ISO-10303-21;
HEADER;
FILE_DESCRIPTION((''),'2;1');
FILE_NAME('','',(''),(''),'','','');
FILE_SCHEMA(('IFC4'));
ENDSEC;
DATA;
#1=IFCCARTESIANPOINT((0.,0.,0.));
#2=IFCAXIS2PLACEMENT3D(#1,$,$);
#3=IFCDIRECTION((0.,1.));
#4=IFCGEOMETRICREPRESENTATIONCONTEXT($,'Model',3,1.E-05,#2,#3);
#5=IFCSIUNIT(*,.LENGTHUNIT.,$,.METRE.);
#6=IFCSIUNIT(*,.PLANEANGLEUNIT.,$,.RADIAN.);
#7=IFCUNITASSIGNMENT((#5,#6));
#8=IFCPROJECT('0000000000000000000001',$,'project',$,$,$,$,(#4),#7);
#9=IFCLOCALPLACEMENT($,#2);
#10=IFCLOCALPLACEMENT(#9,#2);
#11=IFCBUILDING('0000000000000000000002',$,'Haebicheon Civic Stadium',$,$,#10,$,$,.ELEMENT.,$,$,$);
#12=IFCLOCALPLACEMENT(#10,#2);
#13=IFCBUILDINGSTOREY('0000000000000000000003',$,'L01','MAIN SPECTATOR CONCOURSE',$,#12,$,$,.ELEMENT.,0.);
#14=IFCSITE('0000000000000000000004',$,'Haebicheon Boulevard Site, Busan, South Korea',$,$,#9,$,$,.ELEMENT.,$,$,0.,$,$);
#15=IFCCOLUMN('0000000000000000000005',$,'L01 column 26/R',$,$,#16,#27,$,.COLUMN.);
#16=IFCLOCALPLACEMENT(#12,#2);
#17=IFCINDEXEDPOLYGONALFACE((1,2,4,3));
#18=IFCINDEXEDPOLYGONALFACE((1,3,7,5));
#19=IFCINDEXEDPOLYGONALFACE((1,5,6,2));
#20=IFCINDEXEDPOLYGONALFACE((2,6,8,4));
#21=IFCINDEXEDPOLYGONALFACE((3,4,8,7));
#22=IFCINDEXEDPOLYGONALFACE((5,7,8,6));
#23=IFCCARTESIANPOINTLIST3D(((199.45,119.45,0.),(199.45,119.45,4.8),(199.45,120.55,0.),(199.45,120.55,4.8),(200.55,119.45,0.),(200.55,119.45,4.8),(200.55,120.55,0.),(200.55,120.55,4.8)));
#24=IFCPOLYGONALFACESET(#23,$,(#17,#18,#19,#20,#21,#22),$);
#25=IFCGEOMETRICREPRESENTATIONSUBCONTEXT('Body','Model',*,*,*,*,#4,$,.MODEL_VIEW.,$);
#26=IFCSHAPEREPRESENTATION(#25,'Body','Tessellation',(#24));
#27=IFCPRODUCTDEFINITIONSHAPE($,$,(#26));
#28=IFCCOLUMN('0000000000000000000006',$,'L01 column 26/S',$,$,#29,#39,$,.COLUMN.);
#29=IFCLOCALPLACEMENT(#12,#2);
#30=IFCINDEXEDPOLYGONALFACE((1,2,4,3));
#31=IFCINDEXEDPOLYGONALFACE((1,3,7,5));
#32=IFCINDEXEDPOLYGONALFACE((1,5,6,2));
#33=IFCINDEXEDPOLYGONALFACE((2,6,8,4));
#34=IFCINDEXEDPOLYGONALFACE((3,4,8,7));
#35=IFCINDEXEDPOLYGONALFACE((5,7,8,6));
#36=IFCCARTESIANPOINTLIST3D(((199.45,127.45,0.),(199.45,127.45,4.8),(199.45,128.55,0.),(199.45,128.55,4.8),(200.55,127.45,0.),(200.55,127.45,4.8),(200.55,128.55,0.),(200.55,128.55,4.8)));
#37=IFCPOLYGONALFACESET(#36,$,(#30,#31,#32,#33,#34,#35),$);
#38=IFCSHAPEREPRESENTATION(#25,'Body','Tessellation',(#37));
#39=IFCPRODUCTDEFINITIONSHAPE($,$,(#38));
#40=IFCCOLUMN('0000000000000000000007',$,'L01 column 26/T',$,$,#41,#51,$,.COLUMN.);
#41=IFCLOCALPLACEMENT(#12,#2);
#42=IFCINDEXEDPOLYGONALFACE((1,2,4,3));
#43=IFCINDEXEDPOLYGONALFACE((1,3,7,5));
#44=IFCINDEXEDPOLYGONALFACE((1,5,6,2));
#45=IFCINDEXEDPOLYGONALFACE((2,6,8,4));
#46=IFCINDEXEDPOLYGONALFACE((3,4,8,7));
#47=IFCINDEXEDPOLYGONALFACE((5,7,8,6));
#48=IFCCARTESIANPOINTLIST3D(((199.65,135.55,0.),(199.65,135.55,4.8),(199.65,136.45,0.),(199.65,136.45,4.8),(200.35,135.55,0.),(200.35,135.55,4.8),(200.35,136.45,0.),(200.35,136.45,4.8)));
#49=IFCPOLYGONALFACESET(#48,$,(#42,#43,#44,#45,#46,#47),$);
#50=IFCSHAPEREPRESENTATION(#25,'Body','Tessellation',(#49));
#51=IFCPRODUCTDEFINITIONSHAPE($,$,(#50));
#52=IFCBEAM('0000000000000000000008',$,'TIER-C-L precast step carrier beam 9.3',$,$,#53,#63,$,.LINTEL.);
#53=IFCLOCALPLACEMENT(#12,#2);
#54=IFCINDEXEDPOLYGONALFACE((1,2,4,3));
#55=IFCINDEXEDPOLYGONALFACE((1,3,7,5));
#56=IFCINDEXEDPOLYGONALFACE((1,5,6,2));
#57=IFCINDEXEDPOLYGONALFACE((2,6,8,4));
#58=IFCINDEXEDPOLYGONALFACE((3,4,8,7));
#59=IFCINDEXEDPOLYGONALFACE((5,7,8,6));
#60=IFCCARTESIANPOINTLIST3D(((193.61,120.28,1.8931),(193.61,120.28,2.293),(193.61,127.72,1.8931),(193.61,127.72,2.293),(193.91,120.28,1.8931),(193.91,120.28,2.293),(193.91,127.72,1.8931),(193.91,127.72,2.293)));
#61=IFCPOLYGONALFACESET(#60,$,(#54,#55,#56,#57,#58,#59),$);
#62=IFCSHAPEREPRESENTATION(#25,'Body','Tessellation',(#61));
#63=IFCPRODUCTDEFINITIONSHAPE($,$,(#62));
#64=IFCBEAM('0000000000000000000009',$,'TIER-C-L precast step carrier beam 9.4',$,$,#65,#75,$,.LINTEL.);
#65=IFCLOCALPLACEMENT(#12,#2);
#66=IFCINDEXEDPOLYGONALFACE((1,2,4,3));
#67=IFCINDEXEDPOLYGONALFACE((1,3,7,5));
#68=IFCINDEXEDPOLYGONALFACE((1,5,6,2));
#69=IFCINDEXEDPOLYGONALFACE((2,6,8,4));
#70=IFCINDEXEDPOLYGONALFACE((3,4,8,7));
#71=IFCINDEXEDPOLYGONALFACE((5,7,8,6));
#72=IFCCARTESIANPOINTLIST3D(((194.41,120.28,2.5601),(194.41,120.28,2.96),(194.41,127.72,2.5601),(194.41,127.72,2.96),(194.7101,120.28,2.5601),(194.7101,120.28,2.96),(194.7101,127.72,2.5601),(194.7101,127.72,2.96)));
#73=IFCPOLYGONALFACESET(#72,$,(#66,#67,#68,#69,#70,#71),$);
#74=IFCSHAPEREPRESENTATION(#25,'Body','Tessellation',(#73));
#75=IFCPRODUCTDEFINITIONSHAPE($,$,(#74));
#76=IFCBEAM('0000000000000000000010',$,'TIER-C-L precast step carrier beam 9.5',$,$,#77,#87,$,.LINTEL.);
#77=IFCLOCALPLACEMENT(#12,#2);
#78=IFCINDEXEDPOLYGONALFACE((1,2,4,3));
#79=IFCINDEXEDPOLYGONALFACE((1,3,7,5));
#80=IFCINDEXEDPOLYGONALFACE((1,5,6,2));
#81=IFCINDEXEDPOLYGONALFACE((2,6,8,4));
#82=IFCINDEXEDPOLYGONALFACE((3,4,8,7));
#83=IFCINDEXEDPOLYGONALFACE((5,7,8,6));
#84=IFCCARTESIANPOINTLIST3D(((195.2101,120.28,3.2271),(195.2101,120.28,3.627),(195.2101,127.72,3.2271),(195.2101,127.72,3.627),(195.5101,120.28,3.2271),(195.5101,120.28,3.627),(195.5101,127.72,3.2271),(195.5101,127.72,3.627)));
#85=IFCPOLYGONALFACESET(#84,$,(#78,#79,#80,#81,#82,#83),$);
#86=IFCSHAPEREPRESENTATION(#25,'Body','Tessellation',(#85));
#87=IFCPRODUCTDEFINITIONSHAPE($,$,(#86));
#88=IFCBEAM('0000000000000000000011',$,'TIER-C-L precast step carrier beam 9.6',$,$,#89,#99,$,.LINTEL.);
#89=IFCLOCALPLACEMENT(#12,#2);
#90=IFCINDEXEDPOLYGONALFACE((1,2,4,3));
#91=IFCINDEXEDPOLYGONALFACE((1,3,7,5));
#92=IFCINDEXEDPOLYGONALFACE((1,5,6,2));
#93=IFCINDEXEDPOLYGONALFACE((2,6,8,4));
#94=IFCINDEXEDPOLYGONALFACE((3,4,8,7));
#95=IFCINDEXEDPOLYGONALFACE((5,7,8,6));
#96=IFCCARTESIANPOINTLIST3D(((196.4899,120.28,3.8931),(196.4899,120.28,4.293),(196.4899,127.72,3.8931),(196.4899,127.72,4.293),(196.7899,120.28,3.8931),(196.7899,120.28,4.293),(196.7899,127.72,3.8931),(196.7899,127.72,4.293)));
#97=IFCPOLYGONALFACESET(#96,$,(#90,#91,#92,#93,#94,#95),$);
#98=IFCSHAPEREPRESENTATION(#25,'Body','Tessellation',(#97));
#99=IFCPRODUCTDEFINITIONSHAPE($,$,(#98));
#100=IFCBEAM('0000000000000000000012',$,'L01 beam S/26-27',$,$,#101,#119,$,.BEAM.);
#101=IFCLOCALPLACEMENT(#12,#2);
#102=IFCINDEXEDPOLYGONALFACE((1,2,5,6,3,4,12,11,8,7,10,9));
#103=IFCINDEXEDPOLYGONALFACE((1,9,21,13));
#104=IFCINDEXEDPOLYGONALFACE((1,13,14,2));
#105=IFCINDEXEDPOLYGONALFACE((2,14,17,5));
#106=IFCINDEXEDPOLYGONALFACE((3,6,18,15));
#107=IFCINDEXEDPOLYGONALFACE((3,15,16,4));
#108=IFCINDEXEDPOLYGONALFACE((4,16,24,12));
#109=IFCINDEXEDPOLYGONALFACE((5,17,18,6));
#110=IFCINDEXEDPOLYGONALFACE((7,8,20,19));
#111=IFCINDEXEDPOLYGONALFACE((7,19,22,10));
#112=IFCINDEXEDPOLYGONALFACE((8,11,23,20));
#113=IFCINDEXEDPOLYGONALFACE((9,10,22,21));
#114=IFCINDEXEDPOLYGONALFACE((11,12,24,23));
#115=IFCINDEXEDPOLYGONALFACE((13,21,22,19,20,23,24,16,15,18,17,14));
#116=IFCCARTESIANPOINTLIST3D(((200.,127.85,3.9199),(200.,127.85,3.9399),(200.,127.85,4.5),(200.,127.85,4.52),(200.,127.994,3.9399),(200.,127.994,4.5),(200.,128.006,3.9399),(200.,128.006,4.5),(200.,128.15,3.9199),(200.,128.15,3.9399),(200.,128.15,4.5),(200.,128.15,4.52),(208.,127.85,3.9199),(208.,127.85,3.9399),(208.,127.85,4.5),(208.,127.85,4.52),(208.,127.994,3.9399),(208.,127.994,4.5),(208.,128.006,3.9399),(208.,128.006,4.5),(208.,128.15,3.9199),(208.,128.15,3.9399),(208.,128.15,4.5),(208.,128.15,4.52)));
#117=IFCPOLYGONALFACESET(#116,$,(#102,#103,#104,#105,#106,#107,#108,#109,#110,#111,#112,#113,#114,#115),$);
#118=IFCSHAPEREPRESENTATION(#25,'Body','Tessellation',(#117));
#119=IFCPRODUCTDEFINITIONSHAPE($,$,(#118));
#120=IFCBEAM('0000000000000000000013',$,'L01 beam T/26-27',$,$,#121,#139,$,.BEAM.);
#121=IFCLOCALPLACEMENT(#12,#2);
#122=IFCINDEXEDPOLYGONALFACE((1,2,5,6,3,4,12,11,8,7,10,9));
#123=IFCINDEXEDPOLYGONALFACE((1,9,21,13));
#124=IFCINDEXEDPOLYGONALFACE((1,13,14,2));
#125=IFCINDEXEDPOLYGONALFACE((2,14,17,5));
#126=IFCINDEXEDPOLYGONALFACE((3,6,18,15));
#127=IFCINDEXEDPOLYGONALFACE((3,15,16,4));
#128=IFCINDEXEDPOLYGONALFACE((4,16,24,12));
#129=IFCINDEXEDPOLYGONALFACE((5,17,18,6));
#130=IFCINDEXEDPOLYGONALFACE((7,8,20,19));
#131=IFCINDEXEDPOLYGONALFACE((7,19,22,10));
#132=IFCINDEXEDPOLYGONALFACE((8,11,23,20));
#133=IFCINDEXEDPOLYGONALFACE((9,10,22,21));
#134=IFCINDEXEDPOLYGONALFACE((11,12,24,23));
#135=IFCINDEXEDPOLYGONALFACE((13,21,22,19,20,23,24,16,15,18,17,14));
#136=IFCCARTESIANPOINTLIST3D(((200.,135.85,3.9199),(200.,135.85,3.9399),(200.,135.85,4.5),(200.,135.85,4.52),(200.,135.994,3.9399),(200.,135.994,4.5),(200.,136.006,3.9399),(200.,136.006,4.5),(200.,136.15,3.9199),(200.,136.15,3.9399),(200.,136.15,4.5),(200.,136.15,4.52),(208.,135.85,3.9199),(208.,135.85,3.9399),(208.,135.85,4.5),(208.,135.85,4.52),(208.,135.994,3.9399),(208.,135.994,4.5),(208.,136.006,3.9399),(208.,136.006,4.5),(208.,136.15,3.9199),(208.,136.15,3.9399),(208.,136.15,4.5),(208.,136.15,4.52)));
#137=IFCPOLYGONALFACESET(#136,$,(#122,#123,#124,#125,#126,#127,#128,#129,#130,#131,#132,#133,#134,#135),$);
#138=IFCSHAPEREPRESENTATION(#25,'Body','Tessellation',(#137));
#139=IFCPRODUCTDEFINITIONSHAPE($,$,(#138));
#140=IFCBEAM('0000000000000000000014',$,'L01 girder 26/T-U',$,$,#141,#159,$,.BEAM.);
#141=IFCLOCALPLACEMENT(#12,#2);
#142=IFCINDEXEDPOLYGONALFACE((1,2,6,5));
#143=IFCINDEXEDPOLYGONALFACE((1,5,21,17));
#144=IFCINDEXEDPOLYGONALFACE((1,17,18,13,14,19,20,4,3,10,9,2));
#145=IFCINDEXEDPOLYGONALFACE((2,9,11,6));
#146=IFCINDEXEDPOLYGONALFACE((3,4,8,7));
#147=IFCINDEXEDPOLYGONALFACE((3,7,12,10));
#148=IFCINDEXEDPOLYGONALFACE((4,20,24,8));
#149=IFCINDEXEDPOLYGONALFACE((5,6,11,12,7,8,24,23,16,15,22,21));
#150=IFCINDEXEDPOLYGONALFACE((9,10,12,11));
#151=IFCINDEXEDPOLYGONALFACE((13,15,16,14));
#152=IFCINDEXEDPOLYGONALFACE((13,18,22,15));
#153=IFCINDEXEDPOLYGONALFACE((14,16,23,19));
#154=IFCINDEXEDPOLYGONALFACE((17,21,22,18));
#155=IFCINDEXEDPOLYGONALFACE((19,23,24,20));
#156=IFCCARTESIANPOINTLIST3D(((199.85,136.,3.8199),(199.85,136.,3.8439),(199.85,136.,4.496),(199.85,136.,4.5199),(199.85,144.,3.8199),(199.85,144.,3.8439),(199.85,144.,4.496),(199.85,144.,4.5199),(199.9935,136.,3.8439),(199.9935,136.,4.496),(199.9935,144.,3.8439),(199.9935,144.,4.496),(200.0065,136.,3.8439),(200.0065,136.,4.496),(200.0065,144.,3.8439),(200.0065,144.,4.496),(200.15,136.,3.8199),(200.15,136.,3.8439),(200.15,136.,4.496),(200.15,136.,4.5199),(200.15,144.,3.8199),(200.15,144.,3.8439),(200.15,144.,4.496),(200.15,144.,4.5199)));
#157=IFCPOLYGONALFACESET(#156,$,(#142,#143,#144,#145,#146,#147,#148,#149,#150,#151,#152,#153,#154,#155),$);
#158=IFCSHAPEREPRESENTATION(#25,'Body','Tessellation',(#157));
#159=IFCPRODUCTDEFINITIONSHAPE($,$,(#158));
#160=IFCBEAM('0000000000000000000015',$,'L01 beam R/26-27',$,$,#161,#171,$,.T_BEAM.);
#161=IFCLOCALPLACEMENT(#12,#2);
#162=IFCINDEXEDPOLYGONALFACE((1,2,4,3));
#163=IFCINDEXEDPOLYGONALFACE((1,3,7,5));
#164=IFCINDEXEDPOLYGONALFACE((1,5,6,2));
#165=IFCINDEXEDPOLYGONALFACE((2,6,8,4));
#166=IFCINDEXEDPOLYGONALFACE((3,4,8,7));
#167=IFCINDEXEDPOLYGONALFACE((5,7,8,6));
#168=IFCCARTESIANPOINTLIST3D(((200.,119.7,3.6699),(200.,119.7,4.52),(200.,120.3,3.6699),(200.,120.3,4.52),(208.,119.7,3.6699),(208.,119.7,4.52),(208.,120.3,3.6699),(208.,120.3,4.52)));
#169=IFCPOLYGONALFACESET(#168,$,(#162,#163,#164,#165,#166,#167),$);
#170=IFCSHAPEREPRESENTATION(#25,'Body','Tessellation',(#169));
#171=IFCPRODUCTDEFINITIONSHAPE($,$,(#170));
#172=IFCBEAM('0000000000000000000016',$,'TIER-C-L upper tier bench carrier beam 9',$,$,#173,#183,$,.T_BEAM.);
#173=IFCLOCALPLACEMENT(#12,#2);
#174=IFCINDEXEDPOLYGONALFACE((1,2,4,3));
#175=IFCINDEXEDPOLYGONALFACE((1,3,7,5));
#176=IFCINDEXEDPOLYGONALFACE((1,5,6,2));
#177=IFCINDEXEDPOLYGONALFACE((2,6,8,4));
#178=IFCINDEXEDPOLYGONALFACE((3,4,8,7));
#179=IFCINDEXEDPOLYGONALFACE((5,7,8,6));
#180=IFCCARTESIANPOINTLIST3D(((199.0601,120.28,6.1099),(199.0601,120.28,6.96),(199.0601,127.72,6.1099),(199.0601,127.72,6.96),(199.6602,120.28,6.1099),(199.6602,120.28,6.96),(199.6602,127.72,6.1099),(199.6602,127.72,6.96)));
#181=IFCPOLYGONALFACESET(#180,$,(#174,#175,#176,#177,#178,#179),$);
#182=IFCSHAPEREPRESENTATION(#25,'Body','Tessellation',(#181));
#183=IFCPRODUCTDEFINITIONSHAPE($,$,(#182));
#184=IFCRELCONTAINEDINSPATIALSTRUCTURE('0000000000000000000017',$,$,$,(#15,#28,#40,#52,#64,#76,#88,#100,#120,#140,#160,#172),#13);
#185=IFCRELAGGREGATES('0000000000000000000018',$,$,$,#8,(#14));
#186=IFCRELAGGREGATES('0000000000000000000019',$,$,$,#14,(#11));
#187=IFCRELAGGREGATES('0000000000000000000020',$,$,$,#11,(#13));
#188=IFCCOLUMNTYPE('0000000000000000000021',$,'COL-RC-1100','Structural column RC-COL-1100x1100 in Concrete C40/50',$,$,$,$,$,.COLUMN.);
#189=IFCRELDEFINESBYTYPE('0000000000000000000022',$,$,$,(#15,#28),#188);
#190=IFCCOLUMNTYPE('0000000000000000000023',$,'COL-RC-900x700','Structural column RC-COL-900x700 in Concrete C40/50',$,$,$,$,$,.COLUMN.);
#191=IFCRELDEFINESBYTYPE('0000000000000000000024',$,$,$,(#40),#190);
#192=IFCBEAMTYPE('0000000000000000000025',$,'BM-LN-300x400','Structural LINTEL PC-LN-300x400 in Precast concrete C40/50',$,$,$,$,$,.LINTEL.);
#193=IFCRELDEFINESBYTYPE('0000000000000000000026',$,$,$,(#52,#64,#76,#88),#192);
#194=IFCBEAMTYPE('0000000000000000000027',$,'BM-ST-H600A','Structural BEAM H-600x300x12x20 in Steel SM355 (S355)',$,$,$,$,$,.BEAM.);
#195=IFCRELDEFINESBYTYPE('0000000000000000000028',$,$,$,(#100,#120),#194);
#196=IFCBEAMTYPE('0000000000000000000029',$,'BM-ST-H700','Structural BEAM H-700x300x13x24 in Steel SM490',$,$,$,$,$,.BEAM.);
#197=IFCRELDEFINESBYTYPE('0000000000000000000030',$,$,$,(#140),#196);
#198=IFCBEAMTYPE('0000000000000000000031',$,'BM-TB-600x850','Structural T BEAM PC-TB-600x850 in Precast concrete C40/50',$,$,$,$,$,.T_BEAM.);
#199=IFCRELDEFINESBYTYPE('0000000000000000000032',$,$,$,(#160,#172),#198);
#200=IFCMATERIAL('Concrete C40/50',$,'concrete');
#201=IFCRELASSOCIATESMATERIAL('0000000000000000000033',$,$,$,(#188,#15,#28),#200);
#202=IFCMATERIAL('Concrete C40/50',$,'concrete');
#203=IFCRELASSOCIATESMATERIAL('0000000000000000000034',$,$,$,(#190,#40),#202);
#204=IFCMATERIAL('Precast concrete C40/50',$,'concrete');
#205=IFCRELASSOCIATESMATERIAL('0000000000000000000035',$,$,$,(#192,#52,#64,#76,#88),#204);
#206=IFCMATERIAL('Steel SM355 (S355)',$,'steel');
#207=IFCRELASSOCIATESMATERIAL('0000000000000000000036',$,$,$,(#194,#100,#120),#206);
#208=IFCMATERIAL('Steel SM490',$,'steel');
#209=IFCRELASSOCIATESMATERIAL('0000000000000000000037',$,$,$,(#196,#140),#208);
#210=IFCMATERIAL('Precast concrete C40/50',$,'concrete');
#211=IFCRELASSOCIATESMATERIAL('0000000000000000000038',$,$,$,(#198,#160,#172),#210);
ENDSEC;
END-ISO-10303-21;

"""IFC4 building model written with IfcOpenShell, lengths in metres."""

from ifc_helpers import new_model, si_unit, direction, frame, origin, origin_2d, place, context, subcontext, project, spatial, rectangle, i_section, extrude, material, material_profile, profile_set, type_object, element, save


model = new_model("IFC4")

# Units and contexts
model_context = context("Model", 3, precision=1e-05, world=origin(), true_north=direction((0.0, 1.0)))
body_context = subcontext(model_context, "Body", "Model", "MODEL_VIEW")
ifc_project = project(units=[si_unit("LENGTHUNIT", "METRE"), si_unit("PLANEANGLEUNIT", "RADIAN")], contexts=[model_context])

# Site, building, storey
site_placement = place(None, origin())
site = spatial("IfcSite", under=ifc_project, at=site_placement, Name="Haebicheon Boulevard Site, Busan, South Korea", CompositionType="ELEMENT", RefElevation=0.0)
building_placement = place(site_placement, origin())
building = spatial("IfcBuilding", under=site, at=building_placement, Name="Haebicheon Civic Stadium", CompositionType="ELEMENT")
storey_placement = place(building_placement, origin())
storey = spatial("IfcBuildingStorey", under=building, at=storey_placement, Name="L01", Description="MAIN SPECTATOR CONCOURSE", CompositionType="ELEMENT", Elevation=0.0)

# Columns
ifc_material_1 = material(Name="Concrete C40/50", Category="concrete")
ifc_material_profile_1 = material_profile(ifc_material_1, rectangle(XDim=1.1001, YDim=1.1001, at=origin_2d()), Name="RC-COL-1100x1100")
ifc_profile_set_1 = profile_set([ifc_material_profile_1], Name="Concrete C40/50")
column_type_1 = type_object("IfcColumnType", Name="COL-RC-1100", Description="Structural column RC-COL-1100x1100 in Concrete C40/50", PredefinedType="COLUMN", material=ifc_profile_set_1)
for number, where, z_axis, x_axis, name in (
    (1, (200.0, 120.0, 0.0), (0.0, 0.0, 1.0), (1.0, 0.0, 0.0), "L01 column 26/R"),
    (2, (200.0, 128.0, 0.0), (0.0, 0.0, 1.0), (1.0, 0.0, 0.0), "L01 column 26/S"),
):
    element("IfcColumn", number, at=place(storey_placement, frame(where, z_axis=z_axis, x_axis=x_axis)), inside=storey, type_object=column_type_1, material=ifc_profile_set_1, Name=name, PredefinedType="COLUMN", context=body_context, shape_type="SweptSolid", body=[
        extrude(rectangle(XDim=1.1001, YDim=1.1001, at=origin_2d()), origin(), (0.0, 0.0, 1.0), 4.8),
    ])
ifc_material_2 = material(Name="Concrete C40/50", Category="concrete")
ifc_material_profile_2 = material_profile(ifc_material_2, rectangle(XDim=0.7, YDim=0.8999, at=origin_2d()), Name="RC-COL-900x700")
ifc_profile_set_2 = profile_set([ifc_material_profile_2], Name="Concrete C40/50")
column_type_2 = type_object("IfcColumnType", Name="COL-RC-900x700", Description="Structural column RC-COL-900x700 in Concrete C40/50", PredefinedType="COLUMN", material=ifc_profile_set_2)
column_placement = place(storey_placement, frame((200.0, 136.0, 0.0), z_axis=(0.0, 0.0, 1.0), x_axis=(1.0, 0.0, 0.0)))
element("IfcColumn", 3, at=column_placement, inside=storey, type_object=column_type_2, material=ifc_profile_set_2, Name="L01 column 26/T", PredefinedType="COLUMN", context=body_context, shape_type="SweptSolid", body=[
    extrude(rectangle(XDim=0.7, YDim=0.8999, at=origin_2d()), origin(), (0.0, 0.0, 1.0), 4.8),
])

# Beams
ifc_material_3 = material(Name="Precast concrete C40/50", Category="concrete")
ifc_material_profile_3 = material_profile(ifc_material_3, rectangle(XDim=0.3, YDim=0.3999, at=origin_2d()), Name="PC-LN-300x400")
ifc_profile_set_3 = profile_set([ifc_material_profile_3], Name="Precast concrete C40/50")
beam_type_1 = type_object("IfcBeamType", Name="BM-LN-300x400", Description="Structural LINTEL PC-LN-300x400 in Precast concrete C40/50", PredefinedType="LINTEL", material=ifc_profile_set_3)
for number, where, z_axis, x_axis, name in (
    (4, (193.76, 120.28, 2.093), (0.0, 1.0, 0.0), (-1.0, 0.0, 0.0), "TIER-C-L precast step carrier beam 9.3"),
    (5, (194.5601, 120.28, 2.76), (0.0, 1.0, 0.0), (-1.0, 0.0, 0.0), "TIER-C-L precast step carrier beam 9.4"),
    (6, (195.3601, 120.28, 3.427), (0.0, 1.0, 0.0), (-1.0, 0.0, 0.0), "TIER-C-L precast step carrier beam 9.5"),
    (7, (196.6399, 120.28, 4.093), (0.0, 1.0, 0.0), (-1.0, 0.0, 0.0), "TIER-C-L precast step carrier beam 9.6"),
):
    element("IfcBeam", number, at=place(storey_placement, frame(where, z_axis=z_axis, x_axis=x_axis)), inside=storey, type_object=beam_type_1, material=ifc_profile_set_3, Name=name, PredefinedType="LINTEL", context=body_context, shape_type="SweptSolid", body=[
        extrude(rectangle(XDim=0.3, YDim=0.3999, at=origin_2d()), origin(), (0.0, 0.0, 1.0), 7.4399),
    ])
ifc_material_4 = material(Name="Steel SM355 (S355)", Category="steel")
ifc_material_profile_4 = material_profile(ifc_material_4, i_section(OverallWidth=0.3, OverallDepth=0.6001, WebThickness=0.012, FlangeThickness=0.02, at=origin_2d()), Name="H-600x300x12x20")
ifc_profile_set_4 = profile_set([ifc_material_profile_4], Name="Steel SM355 (S355)")
beam_type_2 = type_object("IfcBeamType", Name="BM-ST-H600A", Description="Structural BEAM H-600x300x12x20 in Steel SM355 (S355)", PredefinedType="BEAM", material=ifc_profile_set_4)
for number, where, z_axis, x_axis, name in (
    (8, (200.0, 128.0, 4.22), (1.0, 0.0, 0.0), (0.0, 1.0, 0.0), "L01 beam S/26-27"),
    (9, (200.0, 136.0, 4.22), (1.0, 0.0, 0.0), (0.0, 1.0, 0.0), "L01 beam T/26-27"),
):
    element("IfcBeam", number, at=place(storey_placement, frame(where, z_axis=z_axis, x_axis=x_axis)), inside=storey, type_object=beam_type_2, material=ifc_profile_set_4, Name=name, PredefinedType="BEAM", context=body_context, shape_type="SweptSolid", body=[
        extrude(i_section(OverallWidth=0.3, OverallDepth=0.6001, WebThickness=0.012, FlangeThickness=0.02, at=origin_2d()), origin(), (0.0, 0.0, 1.0), 8.0),
    ])
ifc_material_5 = material(Name="Steel SM490", Category="steel")
ifc_material_profile_5 = material_profile(ifc_material_5, i_section(OverallWidth=0.3, OverallDepth=0.7, WebThickness=0.0129, FlangeThickness=0.0239, at=origin_2d()), Name="H-700x300x13x24")
ifc_profile_set_5 = profile_set([ifc_material_profile_5], Name="Steel SM490")
beam_type_3 = type_object("IfcBeamType", Name="BM-ST-H700", Description="Structural BEAM H-700x300x13x24 in Steel SM490", PredefinedType="BEAM", material=ifc_profile_set_5)
beam_1_placement = place(storey_placement, frame((200.0, 136.0, 4.1699), z_axis=(0.0, 1.0, 0.0), x_axis=(-1.0, 0.0, 0.0)))
element("IfcBeam", 10, at=beam_1_placement, inside=storey, type_object=beam_type_3, material=ifc_profile_set_5, Name="L01 girder 26/T-U", PredefinedType="BEAM", context=body_context, shape_type="SweptSolid", body=[
    extrude(i_section(OverallWidth=0.3, OverallDepth=0.7, WebThickness=0.0129, FlangeThickness=0.0239, at=origin_2d()), origin(), (0.0, 0.0, 1.0), 8.0),
])
ifc_material_6 = material(Name="Precast concrete C40/50", Category="concrete")
ifc_material_profile_6 = material_profile(ifc_material_6, rectangle(XDim=0.6001, YDim=0.8501, at=origin_2d()), Name="PC-TB-600x850")
ifc_profile_set_6 = profile_set([ifc_material_profile_6], Name="Precast concrete C40/50")
beam_type_4 = type_object("IfcBeamType", Name="BM-TB-600x850", Description="Structural T BEAM PC-TB-600x850 in Precast concrete C40/50", PredefinedType="T_BEAM", material=ifc_profile_set_6)
beam_2_placement = place(storey_placement, frame((200.0, 120.0, 4.095), z_axis=(1.0, 0.0, 0.0), x_axis=(0.0, 1.0, 0.0)))
element("IfcBeam", 11, at=beam_2_placement, inside=storey, type_object=beam_type_4, material=ifc_profile_set_6, Name="L01 beam R/26-27", PredefinedType="T_BEAM", context=body_context, shape_type="SweptSolid", body=[
    extrude(rectangle(XDim=0.6001, YDim=0.8501, at=origin_2d()), origin(), (0.0, 0.0, 1.0), 8.0),
])
beam_3_placement = place(storey_placement, frame((199.3601, 120.28, 6.5349), z_axis=(0.0, 1.0, 0.0), x_axis=(-1.0, 0.0, 0.0)))
element("IfcBeam", 12, at=beam_3_placement, inside=storey, type_object=beam_type_4, material=ifc_profile_set_6, Name="TIER-C-L upper tier bench carrier beam 9", PredefinedType="T_BEAM", context=body_context, shape_type="SweptSolid", body=[
    extrude(rectangle(XDim=0.6001, YDim=0.8501, at=origin_2d()), origin(), (0.0, 0.0, 1.0), 7.4399),
])

save(model, "model.ifc")
